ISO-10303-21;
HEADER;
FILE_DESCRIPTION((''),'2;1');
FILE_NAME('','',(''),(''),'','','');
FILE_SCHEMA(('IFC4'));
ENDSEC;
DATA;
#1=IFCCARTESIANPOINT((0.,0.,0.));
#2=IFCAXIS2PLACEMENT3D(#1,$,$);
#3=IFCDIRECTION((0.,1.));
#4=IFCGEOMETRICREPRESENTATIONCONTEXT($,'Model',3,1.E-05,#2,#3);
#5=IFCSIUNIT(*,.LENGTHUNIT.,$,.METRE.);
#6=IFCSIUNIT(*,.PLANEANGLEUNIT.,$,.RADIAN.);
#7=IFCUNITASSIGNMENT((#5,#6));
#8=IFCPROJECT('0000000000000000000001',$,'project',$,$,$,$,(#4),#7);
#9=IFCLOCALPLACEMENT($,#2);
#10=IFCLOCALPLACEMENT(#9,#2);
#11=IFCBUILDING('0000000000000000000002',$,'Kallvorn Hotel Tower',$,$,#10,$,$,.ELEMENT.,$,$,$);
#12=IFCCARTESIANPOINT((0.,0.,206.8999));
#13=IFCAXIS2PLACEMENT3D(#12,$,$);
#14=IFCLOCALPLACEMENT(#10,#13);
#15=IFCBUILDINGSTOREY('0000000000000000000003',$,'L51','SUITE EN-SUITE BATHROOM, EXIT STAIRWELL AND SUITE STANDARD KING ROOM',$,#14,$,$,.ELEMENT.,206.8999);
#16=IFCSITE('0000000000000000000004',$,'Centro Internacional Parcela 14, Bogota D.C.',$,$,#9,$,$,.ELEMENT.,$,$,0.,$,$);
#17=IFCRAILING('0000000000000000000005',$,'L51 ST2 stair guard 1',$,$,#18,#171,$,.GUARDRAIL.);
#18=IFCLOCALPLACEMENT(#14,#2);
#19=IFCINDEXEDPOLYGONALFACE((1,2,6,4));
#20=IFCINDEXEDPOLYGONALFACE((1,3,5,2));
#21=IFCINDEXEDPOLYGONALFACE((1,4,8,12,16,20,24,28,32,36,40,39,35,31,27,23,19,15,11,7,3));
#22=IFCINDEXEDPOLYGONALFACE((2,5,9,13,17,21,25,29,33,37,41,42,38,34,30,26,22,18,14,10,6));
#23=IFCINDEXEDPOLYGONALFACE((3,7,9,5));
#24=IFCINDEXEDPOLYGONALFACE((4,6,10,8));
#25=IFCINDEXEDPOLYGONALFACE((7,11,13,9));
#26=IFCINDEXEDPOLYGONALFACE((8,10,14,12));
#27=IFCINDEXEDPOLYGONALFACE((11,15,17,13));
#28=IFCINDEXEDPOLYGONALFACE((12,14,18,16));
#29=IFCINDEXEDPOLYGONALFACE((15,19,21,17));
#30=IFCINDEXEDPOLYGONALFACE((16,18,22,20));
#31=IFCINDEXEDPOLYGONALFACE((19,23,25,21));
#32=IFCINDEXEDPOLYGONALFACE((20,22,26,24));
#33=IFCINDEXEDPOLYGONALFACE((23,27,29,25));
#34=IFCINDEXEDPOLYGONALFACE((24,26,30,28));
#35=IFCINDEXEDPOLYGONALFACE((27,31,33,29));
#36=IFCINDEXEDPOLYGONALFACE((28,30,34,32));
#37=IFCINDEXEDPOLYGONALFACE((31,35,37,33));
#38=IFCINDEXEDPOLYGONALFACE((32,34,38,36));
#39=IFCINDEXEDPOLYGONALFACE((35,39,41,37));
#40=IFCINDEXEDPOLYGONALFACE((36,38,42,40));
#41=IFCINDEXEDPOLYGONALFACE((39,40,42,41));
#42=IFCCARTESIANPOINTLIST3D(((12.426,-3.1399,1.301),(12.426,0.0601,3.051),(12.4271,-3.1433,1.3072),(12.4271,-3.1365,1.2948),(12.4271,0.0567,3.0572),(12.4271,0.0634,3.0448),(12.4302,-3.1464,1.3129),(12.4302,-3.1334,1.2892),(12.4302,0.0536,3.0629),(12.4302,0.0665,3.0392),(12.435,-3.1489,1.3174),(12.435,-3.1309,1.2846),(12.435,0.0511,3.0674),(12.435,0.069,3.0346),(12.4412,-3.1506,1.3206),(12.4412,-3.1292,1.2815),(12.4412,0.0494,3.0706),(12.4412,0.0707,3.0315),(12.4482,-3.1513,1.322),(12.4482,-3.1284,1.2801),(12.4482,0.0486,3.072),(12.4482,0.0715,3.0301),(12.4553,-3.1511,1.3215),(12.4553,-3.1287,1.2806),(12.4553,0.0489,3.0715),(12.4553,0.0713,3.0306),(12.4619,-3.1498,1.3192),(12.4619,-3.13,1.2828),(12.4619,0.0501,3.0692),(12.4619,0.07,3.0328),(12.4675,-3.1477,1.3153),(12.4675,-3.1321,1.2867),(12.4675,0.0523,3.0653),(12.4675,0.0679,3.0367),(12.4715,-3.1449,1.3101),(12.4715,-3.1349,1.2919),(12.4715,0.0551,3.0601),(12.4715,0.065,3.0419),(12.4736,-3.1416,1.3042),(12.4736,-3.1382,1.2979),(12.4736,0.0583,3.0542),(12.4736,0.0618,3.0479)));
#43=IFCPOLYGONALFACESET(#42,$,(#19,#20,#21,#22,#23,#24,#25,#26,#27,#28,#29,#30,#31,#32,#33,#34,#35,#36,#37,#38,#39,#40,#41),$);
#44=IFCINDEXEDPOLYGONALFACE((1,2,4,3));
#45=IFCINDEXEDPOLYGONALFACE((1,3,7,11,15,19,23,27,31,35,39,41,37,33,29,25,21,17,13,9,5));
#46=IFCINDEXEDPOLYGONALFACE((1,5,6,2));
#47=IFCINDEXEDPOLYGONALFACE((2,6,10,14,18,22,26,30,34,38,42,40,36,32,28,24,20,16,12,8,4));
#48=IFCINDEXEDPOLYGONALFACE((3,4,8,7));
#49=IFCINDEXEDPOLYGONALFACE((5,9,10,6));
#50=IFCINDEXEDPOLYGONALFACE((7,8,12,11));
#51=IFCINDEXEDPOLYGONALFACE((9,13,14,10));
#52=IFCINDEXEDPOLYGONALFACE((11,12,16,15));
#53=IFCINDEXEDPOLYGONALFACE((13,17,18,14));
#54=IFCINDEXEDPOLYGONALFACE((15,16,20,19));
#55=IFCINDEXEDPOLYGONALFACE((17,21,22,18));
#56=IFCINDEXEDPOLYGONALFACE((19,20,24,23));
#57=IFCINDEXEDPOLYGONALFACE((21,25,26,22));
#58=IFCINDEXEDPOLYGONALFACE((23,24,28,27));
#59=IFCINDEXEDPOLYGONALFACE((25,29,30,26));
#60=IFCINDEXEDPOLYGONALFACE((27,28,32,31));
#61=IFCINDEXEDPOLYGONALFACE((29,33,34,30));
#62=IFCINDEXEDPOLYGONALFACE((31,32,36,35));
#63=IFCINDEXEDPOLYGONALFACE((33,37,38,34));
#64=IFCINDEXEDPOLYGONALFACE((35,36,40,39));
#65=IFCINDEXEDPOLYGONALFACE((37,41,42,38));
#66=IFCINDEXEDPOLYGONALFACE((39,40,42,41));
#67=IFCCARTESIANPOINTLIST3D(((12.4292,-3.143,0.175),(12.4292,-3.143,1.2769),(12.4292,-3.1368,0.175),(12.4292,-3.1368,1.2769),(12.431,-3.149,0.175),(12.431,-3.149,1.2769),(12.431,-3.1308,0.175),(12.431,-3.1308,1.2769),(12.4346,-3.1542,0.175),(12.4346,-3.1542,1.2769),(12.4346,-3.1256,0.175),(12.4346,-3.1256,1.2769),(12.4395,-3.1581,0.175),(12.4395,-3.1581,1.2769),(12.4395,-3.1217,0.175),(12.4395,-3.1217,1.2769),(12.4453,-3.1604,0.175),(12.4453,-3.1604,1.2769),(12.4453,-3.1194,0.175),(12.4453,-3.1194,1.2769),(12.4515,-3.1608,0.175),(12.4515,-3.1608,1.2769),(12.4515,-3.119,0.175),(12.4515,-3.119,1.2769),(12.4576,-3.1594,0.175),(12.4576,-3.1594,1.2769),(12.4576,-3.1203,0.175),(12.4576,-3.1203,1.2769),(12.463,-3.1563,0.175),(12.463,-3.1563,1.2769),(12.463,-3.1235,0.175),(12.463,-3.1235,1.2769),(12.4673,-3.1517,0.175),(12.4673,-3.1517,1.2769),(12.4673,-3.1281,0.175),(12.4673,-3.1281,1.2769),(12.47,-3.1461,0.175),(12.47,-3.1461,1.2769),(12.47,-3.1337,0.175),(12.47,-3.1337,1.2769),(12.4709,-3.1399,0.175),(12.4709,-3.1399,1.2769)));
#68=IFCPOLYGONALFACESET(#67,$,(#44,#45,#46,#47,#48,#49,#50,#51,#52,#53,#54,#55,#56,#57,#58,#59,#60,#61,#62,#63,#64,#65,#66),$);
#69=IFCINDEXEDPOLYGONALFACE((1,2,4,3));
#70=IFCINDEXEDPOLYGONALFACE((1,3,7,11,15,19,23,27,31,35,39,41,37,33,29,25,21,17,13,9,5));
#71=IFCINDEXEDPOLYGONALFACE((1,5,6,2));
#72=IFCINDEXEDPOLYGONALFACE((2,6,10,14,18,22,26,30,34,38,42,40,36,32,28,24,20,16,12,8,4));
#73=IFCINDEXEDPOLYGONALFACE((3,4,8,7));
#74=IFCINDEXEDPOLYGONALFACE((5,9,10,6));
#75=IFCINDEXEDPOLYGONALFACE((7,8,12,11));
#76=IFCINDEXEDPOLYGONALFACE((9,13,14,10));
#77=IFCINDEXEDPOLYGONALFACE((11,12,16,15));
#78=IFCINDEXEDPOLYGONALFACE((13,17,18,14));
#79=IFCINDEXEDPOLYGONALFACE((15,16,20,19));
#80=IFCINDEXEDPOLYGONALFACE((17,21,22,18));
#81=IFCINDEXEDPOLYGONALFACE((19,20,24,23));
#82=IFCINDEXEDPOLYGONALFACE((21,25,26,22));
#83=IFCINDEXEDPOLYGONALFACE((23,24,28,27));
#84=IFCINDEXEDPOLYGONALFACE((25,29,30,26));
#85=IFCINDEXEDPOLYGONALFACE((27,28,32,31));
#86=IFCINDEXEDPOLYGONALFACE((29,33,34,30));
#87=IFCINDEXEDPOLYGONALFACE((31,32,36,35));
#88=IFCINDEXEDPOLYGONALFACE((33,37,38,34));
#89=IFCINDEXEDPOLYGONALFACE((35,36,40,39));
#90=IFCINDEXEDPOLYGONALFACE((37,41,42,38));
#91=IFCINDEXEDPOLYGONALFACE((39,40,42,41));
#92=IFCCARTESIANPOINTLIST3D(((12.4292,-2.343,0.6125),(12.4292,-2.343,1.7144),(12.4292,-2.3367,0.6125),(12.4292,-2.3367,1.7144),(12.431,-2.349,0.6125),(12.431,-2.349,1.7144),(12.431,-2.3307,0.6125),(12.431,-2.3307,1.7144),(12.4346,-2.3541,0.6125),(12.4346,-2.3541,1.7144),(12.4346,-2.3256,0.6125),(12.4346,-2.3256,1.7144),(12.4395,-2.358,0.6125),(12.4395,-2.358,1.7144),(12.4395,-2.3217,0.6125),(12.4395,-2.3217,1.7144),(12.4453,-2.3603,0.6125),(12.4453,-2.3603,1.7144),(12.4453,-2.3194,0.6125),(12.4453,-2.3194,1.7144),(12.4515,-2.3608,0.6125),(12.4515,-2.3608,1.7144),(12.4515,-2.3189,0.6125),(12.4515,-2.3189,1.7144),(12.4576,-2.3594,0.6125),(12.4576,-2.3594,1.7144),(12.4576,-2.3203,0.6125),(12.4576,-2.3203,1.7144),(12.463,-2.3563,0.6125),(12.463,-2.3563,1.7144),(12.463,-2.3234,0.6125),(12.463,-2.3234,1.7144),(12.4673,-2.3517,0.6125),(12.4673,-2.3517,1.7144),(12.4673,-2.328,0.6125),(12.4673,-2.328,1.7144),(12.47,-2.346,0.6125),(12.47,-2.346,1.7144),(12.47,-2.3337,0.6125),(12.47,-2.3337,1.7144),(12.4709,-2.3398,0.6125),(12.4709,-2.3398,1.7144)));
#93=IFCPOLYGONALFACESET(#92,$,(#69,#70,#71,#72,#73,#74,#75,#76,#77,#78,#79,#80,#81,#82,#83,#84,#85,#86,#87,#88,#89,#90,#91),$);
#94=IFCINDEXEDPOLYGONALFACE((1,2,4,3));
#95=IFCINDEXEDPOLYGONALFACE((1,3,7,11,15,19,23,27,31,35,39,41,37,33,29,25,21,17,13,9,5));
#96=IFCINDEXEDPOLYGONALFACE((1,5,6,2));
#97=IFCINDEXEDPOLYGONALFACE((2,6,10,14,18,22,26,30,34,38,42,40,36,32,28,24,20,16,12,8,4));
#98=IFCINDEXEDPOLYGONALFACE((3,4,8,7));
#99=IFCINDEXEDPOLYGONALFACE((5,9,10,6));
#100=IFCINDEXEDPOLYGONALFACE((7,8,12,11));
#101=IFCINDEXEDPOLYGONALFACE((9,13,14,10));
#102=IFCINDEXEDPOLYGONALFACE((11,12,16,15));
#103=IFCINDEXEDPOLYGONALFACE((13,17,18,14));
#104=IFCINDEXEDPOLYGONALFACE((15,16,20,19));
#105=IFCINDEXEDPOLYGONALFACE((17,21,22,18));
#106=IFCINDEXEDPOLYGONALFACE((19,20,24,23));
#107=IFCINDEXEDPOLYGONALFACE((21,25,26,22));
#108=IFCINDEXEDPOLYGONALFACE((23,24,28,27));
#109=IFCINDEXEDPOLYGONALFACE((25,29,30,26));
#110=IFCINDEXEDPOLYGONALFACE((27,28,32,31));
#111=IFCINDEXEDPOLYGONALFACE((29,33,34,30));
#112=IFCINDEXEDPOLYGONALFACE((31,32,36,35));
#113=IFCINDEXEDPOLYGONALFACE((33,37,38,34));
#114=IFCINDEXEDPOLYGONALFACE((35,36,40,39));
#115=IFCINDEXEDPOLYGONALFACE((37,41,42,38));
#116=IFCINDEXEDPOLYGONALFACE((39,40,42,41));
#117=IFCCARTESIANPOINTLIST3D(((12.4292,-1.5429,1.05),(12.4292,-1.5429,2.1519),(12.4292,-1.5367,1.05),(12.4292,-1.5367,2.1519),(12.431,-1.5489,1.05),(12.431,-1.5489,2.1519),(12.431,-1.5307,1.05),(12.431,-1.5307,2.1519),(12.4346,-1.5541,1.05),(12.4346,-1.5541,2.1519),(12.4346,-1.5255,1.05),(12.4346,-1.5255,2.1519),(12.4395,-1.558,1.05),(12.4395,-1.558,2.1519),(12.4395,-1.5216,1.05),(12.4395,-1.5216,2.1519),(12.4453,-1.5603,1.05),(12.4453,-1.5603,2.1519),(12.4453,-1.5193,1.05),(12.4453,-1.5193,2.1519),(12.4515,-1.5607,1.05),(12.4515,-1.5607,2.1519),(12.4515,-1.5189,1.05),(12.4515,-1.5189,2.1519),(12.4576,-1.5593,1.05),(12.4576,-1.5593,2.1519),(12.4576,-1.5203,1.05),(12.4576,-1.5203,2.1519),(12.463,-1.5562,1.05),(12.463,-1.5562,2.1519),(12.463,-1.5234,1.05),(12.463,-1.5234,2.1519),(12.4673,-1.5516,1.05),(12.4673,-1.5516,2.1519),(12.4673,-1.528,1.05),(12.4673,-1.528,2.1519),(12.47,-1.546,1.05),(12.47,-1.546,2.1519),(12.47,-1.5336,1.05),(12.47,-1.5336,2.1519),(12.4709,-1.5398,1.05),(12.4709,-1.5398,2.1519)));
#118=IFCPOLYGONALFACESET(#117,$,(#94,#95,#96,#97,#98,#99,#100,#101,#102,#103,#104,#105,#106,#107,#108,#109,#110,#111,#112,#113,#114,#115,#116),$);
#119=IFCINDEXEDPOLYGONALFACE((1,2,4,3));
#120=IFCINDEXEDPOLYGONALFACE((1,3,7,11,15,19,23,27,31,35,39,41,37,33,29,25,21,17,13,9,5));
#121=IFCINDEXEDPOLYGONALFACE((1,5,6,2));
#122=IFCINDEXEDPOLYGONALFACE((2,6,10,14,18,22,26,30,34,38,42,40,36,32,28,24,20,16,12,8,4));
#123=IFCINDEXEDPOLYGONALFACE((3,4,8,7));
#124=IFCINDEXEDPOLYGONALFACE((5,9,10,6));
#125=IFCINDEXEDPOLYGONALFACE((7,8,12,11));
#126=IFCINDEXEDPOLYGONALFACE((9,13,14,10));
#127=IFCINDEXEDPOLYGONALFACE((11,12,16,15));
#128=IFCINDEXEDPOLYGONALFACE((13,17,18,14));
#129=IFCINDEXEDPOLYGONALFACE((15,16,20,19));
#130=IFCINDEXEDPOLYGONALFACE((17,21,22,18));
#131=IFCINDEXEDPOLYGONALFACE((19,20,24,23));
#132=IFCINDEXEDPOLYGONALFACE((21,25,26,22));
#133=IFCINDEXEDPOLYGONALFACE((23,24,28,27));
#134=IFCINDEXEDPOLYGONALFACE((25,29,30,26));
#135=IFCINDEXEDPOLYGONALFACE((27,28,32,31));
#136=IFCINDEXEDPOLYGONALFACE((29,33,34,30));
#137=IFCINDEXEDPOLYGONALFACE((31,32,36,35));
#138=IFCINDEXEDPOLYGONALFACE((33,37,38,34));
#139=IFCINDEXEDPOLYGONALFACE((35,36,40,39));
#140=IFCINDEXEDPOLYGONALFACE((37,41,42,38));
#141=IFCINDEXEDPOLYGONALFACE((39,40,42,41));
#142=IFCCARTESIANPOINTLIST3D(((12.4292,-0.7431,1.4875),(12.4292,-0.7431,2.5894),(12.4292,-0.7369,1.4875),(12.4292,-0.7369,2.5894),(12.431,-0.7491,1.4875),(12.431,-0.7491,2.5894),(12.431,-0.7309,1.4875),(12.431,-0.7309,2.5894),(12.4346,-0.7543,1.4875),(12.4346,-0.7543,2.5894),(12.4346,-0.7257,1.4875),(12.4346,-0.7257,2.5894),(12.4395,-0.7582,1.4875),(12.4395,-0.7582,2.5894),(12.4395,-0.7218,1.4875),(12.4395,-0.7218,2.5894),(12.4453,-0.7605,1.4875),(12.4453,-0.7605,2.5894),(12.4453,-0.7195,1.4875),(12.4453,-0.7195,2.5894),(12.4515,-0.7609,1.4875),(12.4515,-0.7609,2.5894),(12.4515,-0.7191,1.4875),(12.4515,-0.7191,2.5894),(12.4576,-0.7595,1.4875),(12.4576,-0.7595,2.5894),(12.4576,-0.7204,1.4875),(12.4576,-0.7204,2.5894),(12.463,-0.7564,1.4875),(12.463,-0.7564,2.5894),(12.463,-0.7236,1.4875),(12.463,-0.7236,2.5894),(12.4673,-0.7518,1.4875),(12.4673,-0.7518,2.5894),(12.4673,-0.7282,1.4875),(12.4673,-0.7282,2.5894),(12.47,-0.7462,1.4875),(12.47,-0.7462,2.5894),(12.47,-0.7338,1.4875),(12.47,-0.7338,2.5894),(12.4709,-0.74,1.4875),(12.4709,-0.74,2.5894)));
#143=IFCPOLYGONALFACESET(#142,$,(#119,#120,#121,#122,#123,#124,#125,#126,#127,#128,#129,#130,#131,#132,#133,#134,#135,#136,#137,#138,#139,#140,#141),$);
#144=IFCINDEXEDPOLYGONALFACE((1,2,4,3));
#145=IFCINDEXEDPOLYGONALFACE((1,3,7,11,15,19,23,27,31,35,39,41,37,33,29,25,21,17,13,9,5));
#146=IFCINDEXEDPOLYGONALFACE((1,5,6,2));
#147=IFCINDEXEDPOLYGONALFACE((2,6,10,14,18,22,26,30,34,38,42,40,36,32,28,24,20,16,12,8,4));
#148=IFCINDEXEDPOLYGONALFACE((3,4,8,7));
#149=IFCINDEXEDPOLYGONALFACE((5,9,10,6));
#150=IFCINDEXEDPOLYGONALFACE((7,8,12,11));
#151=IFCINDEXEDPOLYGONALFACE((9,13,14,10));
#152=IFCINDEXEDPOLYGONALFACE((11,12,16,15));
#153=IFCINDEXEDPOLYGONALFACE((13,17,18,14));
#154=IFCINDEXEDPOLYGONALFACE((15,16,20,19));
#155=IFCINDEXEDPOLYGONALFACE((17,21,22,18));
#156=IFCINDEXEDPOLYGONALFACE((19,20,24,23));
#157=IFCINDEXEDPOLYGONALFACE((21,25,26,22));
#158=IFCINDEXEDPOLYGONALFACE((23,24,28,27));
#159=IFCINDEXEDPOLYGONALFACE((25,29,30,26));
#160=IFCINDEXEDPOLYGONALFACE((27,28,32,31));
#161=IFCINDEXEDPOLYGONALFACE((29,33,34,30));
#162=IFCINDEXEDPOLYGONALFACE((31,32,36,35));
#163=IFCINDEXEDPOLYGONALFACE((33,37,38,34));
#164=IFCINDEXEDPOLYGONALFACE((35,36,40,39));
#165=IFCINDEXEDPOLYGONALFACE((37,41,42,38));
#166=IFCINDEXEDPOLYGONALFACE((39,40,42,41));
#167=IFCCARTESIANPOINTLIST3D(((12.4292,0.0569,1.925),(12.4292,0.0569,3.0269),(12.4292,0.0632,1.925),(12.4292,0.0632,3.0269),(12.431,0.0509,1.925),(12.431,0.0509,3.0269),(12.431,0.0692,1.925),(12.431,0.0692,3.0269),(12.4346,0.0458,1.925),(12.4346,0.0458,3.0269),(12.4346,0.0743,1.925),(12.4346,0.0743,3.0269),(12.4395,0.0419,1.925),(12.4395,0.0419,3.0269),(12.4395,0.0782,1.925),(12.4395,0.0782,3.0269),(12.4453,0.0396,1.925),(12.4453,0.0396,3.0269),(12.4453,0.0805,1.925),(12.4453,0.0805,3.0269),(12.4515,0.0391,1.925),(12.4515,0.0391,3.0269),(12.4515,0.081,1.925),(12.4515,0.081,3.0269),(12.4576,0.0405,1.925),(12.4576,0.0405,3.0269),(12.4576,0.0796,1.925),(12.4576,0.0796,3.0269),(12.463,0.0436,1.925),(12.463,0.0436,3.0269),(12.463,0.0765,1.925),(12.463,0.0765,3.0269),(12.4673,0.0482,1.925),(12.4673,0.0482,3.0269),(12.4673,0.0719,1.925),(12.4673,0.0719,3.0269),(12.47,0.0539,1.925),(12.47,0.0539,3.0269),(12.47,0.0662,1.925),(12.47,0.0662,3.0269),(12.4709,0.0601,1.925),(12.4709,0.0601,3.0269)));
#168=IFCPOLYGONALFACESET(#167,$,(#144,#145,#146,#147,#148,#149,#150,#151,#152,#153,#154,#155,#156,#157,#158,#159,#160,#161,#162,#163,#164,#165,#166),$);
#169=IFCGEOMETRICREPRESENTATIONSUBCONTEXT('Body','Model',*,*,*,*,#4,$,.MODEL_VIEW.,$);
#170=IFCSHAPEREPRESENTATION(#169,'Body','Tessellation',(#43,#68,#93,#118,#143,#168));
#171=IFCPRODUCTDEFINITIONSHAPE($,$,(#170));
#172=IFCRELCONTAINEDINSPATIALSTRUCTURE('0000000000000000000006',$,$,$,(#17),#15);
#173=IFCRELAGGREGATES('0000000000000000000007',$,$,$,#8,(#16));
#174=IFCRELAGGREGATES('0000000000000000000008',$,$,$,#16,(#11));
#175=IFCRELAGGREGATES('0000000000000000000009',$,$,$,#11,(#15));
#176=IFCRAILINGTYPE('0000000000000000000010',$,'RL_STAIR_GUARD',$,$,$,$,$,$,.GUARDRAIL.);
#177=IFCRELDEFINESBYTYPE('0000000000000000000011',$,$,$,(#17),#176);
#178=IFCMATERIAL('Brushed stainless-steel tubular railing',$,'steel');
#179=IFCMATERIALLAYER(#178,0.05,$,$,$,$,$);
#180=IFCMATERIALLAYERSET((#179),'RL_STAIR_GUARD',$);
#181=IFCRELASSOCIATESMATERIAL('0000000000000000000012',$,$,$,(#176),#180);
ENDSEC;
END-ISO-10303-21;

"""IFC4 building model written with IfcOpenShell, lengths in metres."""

from ifc_helpers import new_model, si_unit, direction, frame, origin, origin_2d, place, context, subcontext, project, spatial, circle, extrude, material, layer, layer_set, type_object, element, save


model = new_model("IFC4")

# Units and contexts
model_context = context("Model", 3, precision=1e-05, world=origin(), true_north=direction((0.0, 1.0)))
body_context = subcontext(model_context, "Body", "Model", "MODEL_VIEW")
ifc_project = project(units=[si_unit("LENGTHUNIT", "METRE"), si_unit("PLANEANGLEUNIT", "RADIAN")], contexts=[model_context])

# Site, building, storey
site_placement = place(None, origin())
site = spatial("IfcSite", under=ifc_project, at=site_placement, Name="Centro Internacional Parcela 14, Bogota D.C.", CompositionType="ELEMENT", RefElevation=0.0)
building_placement = place(site_placement, origin())
building = spatial("IfcBuilding", under=site, at=building_placement, Name="Kallvorn Hotel Tower", CompositionType="ELEMENT")
storey_placement = place(building_placement, frame((0.0, 0.0, 206.8999)))
storey = spatial("IfcBuildingStorey", under=building, at=storey_placement, Name="L51", Description="SUITE EN-SUITE BATHROOM, EXIT STAIRWELL AND SUITE STANDARD KING ROOM", CompositionType="ELEMENT", Elevation=206.8999)

# Railing
ifc_material_1 = material(Name="Brushed stainless-steel tubular railing", Category="steel")
ifc_layer_1 = layer(ifc_material_1, 0.05)
ifc_layer_set_1 = layer_set([ifc_layer_1], Name="RL_STAIR_GUARD")
railing_type_1 = type_object("IfcRailingType", Name="RL_STAIR_GUARD", PredefinedType="GUARDRAIL", material=ifc_layer_set_1)
railing_1_placement = place(storey_placement, frame((12.45, -3.1399, 0.175)))
element("IfcRailing", 1, at=railing_1_placement, inside=storey, type_object=railing_type_1, Name="L51 ST2 stair guard 1", PredefinedType="GUARDRAIL", context=body_context, shape_type="SweptSolid", body=[
    extrude(circle(Radius=0.0239, at=origin_2d()), frame((0.0, 0.0, 1.126), z_axis=(0.0, 0.877368, 0.479818), x_axis=(-1.0, 0.0, 0.0)), (0.0, 0.0, 1.0), 3.6472),
    extrude(circle(Radius=0.021, at=origin_2d()), origin(), (0.0, 0.0, 1.0), 1.1018),
    extrude(circle(Radius=0.021, at=origin_2d()), frame((0.0, 0.8, 0.4375)), (0.0, 0.0, 1.0), 1.1018),
    extrude(circle(Radius=0.021, at=origin_2d()), frame((0.0, 1.6001, 0.875)), (0.0, 0.0, 1.0), 1.1018),
    extrude(circle(Radius=0.021, at=origin_2d()), frame((0.0, 2.3999, 1.3125)), (0.0, 0.0, 1.0), 1.1018),
    extrude(circle(Radius=0.021, at=origin_2d()), frame((0.0, 3.2, 1.75)), (0.0, 0.0, 1.0), 1.1018),
])

save(model, "model.ifc")
